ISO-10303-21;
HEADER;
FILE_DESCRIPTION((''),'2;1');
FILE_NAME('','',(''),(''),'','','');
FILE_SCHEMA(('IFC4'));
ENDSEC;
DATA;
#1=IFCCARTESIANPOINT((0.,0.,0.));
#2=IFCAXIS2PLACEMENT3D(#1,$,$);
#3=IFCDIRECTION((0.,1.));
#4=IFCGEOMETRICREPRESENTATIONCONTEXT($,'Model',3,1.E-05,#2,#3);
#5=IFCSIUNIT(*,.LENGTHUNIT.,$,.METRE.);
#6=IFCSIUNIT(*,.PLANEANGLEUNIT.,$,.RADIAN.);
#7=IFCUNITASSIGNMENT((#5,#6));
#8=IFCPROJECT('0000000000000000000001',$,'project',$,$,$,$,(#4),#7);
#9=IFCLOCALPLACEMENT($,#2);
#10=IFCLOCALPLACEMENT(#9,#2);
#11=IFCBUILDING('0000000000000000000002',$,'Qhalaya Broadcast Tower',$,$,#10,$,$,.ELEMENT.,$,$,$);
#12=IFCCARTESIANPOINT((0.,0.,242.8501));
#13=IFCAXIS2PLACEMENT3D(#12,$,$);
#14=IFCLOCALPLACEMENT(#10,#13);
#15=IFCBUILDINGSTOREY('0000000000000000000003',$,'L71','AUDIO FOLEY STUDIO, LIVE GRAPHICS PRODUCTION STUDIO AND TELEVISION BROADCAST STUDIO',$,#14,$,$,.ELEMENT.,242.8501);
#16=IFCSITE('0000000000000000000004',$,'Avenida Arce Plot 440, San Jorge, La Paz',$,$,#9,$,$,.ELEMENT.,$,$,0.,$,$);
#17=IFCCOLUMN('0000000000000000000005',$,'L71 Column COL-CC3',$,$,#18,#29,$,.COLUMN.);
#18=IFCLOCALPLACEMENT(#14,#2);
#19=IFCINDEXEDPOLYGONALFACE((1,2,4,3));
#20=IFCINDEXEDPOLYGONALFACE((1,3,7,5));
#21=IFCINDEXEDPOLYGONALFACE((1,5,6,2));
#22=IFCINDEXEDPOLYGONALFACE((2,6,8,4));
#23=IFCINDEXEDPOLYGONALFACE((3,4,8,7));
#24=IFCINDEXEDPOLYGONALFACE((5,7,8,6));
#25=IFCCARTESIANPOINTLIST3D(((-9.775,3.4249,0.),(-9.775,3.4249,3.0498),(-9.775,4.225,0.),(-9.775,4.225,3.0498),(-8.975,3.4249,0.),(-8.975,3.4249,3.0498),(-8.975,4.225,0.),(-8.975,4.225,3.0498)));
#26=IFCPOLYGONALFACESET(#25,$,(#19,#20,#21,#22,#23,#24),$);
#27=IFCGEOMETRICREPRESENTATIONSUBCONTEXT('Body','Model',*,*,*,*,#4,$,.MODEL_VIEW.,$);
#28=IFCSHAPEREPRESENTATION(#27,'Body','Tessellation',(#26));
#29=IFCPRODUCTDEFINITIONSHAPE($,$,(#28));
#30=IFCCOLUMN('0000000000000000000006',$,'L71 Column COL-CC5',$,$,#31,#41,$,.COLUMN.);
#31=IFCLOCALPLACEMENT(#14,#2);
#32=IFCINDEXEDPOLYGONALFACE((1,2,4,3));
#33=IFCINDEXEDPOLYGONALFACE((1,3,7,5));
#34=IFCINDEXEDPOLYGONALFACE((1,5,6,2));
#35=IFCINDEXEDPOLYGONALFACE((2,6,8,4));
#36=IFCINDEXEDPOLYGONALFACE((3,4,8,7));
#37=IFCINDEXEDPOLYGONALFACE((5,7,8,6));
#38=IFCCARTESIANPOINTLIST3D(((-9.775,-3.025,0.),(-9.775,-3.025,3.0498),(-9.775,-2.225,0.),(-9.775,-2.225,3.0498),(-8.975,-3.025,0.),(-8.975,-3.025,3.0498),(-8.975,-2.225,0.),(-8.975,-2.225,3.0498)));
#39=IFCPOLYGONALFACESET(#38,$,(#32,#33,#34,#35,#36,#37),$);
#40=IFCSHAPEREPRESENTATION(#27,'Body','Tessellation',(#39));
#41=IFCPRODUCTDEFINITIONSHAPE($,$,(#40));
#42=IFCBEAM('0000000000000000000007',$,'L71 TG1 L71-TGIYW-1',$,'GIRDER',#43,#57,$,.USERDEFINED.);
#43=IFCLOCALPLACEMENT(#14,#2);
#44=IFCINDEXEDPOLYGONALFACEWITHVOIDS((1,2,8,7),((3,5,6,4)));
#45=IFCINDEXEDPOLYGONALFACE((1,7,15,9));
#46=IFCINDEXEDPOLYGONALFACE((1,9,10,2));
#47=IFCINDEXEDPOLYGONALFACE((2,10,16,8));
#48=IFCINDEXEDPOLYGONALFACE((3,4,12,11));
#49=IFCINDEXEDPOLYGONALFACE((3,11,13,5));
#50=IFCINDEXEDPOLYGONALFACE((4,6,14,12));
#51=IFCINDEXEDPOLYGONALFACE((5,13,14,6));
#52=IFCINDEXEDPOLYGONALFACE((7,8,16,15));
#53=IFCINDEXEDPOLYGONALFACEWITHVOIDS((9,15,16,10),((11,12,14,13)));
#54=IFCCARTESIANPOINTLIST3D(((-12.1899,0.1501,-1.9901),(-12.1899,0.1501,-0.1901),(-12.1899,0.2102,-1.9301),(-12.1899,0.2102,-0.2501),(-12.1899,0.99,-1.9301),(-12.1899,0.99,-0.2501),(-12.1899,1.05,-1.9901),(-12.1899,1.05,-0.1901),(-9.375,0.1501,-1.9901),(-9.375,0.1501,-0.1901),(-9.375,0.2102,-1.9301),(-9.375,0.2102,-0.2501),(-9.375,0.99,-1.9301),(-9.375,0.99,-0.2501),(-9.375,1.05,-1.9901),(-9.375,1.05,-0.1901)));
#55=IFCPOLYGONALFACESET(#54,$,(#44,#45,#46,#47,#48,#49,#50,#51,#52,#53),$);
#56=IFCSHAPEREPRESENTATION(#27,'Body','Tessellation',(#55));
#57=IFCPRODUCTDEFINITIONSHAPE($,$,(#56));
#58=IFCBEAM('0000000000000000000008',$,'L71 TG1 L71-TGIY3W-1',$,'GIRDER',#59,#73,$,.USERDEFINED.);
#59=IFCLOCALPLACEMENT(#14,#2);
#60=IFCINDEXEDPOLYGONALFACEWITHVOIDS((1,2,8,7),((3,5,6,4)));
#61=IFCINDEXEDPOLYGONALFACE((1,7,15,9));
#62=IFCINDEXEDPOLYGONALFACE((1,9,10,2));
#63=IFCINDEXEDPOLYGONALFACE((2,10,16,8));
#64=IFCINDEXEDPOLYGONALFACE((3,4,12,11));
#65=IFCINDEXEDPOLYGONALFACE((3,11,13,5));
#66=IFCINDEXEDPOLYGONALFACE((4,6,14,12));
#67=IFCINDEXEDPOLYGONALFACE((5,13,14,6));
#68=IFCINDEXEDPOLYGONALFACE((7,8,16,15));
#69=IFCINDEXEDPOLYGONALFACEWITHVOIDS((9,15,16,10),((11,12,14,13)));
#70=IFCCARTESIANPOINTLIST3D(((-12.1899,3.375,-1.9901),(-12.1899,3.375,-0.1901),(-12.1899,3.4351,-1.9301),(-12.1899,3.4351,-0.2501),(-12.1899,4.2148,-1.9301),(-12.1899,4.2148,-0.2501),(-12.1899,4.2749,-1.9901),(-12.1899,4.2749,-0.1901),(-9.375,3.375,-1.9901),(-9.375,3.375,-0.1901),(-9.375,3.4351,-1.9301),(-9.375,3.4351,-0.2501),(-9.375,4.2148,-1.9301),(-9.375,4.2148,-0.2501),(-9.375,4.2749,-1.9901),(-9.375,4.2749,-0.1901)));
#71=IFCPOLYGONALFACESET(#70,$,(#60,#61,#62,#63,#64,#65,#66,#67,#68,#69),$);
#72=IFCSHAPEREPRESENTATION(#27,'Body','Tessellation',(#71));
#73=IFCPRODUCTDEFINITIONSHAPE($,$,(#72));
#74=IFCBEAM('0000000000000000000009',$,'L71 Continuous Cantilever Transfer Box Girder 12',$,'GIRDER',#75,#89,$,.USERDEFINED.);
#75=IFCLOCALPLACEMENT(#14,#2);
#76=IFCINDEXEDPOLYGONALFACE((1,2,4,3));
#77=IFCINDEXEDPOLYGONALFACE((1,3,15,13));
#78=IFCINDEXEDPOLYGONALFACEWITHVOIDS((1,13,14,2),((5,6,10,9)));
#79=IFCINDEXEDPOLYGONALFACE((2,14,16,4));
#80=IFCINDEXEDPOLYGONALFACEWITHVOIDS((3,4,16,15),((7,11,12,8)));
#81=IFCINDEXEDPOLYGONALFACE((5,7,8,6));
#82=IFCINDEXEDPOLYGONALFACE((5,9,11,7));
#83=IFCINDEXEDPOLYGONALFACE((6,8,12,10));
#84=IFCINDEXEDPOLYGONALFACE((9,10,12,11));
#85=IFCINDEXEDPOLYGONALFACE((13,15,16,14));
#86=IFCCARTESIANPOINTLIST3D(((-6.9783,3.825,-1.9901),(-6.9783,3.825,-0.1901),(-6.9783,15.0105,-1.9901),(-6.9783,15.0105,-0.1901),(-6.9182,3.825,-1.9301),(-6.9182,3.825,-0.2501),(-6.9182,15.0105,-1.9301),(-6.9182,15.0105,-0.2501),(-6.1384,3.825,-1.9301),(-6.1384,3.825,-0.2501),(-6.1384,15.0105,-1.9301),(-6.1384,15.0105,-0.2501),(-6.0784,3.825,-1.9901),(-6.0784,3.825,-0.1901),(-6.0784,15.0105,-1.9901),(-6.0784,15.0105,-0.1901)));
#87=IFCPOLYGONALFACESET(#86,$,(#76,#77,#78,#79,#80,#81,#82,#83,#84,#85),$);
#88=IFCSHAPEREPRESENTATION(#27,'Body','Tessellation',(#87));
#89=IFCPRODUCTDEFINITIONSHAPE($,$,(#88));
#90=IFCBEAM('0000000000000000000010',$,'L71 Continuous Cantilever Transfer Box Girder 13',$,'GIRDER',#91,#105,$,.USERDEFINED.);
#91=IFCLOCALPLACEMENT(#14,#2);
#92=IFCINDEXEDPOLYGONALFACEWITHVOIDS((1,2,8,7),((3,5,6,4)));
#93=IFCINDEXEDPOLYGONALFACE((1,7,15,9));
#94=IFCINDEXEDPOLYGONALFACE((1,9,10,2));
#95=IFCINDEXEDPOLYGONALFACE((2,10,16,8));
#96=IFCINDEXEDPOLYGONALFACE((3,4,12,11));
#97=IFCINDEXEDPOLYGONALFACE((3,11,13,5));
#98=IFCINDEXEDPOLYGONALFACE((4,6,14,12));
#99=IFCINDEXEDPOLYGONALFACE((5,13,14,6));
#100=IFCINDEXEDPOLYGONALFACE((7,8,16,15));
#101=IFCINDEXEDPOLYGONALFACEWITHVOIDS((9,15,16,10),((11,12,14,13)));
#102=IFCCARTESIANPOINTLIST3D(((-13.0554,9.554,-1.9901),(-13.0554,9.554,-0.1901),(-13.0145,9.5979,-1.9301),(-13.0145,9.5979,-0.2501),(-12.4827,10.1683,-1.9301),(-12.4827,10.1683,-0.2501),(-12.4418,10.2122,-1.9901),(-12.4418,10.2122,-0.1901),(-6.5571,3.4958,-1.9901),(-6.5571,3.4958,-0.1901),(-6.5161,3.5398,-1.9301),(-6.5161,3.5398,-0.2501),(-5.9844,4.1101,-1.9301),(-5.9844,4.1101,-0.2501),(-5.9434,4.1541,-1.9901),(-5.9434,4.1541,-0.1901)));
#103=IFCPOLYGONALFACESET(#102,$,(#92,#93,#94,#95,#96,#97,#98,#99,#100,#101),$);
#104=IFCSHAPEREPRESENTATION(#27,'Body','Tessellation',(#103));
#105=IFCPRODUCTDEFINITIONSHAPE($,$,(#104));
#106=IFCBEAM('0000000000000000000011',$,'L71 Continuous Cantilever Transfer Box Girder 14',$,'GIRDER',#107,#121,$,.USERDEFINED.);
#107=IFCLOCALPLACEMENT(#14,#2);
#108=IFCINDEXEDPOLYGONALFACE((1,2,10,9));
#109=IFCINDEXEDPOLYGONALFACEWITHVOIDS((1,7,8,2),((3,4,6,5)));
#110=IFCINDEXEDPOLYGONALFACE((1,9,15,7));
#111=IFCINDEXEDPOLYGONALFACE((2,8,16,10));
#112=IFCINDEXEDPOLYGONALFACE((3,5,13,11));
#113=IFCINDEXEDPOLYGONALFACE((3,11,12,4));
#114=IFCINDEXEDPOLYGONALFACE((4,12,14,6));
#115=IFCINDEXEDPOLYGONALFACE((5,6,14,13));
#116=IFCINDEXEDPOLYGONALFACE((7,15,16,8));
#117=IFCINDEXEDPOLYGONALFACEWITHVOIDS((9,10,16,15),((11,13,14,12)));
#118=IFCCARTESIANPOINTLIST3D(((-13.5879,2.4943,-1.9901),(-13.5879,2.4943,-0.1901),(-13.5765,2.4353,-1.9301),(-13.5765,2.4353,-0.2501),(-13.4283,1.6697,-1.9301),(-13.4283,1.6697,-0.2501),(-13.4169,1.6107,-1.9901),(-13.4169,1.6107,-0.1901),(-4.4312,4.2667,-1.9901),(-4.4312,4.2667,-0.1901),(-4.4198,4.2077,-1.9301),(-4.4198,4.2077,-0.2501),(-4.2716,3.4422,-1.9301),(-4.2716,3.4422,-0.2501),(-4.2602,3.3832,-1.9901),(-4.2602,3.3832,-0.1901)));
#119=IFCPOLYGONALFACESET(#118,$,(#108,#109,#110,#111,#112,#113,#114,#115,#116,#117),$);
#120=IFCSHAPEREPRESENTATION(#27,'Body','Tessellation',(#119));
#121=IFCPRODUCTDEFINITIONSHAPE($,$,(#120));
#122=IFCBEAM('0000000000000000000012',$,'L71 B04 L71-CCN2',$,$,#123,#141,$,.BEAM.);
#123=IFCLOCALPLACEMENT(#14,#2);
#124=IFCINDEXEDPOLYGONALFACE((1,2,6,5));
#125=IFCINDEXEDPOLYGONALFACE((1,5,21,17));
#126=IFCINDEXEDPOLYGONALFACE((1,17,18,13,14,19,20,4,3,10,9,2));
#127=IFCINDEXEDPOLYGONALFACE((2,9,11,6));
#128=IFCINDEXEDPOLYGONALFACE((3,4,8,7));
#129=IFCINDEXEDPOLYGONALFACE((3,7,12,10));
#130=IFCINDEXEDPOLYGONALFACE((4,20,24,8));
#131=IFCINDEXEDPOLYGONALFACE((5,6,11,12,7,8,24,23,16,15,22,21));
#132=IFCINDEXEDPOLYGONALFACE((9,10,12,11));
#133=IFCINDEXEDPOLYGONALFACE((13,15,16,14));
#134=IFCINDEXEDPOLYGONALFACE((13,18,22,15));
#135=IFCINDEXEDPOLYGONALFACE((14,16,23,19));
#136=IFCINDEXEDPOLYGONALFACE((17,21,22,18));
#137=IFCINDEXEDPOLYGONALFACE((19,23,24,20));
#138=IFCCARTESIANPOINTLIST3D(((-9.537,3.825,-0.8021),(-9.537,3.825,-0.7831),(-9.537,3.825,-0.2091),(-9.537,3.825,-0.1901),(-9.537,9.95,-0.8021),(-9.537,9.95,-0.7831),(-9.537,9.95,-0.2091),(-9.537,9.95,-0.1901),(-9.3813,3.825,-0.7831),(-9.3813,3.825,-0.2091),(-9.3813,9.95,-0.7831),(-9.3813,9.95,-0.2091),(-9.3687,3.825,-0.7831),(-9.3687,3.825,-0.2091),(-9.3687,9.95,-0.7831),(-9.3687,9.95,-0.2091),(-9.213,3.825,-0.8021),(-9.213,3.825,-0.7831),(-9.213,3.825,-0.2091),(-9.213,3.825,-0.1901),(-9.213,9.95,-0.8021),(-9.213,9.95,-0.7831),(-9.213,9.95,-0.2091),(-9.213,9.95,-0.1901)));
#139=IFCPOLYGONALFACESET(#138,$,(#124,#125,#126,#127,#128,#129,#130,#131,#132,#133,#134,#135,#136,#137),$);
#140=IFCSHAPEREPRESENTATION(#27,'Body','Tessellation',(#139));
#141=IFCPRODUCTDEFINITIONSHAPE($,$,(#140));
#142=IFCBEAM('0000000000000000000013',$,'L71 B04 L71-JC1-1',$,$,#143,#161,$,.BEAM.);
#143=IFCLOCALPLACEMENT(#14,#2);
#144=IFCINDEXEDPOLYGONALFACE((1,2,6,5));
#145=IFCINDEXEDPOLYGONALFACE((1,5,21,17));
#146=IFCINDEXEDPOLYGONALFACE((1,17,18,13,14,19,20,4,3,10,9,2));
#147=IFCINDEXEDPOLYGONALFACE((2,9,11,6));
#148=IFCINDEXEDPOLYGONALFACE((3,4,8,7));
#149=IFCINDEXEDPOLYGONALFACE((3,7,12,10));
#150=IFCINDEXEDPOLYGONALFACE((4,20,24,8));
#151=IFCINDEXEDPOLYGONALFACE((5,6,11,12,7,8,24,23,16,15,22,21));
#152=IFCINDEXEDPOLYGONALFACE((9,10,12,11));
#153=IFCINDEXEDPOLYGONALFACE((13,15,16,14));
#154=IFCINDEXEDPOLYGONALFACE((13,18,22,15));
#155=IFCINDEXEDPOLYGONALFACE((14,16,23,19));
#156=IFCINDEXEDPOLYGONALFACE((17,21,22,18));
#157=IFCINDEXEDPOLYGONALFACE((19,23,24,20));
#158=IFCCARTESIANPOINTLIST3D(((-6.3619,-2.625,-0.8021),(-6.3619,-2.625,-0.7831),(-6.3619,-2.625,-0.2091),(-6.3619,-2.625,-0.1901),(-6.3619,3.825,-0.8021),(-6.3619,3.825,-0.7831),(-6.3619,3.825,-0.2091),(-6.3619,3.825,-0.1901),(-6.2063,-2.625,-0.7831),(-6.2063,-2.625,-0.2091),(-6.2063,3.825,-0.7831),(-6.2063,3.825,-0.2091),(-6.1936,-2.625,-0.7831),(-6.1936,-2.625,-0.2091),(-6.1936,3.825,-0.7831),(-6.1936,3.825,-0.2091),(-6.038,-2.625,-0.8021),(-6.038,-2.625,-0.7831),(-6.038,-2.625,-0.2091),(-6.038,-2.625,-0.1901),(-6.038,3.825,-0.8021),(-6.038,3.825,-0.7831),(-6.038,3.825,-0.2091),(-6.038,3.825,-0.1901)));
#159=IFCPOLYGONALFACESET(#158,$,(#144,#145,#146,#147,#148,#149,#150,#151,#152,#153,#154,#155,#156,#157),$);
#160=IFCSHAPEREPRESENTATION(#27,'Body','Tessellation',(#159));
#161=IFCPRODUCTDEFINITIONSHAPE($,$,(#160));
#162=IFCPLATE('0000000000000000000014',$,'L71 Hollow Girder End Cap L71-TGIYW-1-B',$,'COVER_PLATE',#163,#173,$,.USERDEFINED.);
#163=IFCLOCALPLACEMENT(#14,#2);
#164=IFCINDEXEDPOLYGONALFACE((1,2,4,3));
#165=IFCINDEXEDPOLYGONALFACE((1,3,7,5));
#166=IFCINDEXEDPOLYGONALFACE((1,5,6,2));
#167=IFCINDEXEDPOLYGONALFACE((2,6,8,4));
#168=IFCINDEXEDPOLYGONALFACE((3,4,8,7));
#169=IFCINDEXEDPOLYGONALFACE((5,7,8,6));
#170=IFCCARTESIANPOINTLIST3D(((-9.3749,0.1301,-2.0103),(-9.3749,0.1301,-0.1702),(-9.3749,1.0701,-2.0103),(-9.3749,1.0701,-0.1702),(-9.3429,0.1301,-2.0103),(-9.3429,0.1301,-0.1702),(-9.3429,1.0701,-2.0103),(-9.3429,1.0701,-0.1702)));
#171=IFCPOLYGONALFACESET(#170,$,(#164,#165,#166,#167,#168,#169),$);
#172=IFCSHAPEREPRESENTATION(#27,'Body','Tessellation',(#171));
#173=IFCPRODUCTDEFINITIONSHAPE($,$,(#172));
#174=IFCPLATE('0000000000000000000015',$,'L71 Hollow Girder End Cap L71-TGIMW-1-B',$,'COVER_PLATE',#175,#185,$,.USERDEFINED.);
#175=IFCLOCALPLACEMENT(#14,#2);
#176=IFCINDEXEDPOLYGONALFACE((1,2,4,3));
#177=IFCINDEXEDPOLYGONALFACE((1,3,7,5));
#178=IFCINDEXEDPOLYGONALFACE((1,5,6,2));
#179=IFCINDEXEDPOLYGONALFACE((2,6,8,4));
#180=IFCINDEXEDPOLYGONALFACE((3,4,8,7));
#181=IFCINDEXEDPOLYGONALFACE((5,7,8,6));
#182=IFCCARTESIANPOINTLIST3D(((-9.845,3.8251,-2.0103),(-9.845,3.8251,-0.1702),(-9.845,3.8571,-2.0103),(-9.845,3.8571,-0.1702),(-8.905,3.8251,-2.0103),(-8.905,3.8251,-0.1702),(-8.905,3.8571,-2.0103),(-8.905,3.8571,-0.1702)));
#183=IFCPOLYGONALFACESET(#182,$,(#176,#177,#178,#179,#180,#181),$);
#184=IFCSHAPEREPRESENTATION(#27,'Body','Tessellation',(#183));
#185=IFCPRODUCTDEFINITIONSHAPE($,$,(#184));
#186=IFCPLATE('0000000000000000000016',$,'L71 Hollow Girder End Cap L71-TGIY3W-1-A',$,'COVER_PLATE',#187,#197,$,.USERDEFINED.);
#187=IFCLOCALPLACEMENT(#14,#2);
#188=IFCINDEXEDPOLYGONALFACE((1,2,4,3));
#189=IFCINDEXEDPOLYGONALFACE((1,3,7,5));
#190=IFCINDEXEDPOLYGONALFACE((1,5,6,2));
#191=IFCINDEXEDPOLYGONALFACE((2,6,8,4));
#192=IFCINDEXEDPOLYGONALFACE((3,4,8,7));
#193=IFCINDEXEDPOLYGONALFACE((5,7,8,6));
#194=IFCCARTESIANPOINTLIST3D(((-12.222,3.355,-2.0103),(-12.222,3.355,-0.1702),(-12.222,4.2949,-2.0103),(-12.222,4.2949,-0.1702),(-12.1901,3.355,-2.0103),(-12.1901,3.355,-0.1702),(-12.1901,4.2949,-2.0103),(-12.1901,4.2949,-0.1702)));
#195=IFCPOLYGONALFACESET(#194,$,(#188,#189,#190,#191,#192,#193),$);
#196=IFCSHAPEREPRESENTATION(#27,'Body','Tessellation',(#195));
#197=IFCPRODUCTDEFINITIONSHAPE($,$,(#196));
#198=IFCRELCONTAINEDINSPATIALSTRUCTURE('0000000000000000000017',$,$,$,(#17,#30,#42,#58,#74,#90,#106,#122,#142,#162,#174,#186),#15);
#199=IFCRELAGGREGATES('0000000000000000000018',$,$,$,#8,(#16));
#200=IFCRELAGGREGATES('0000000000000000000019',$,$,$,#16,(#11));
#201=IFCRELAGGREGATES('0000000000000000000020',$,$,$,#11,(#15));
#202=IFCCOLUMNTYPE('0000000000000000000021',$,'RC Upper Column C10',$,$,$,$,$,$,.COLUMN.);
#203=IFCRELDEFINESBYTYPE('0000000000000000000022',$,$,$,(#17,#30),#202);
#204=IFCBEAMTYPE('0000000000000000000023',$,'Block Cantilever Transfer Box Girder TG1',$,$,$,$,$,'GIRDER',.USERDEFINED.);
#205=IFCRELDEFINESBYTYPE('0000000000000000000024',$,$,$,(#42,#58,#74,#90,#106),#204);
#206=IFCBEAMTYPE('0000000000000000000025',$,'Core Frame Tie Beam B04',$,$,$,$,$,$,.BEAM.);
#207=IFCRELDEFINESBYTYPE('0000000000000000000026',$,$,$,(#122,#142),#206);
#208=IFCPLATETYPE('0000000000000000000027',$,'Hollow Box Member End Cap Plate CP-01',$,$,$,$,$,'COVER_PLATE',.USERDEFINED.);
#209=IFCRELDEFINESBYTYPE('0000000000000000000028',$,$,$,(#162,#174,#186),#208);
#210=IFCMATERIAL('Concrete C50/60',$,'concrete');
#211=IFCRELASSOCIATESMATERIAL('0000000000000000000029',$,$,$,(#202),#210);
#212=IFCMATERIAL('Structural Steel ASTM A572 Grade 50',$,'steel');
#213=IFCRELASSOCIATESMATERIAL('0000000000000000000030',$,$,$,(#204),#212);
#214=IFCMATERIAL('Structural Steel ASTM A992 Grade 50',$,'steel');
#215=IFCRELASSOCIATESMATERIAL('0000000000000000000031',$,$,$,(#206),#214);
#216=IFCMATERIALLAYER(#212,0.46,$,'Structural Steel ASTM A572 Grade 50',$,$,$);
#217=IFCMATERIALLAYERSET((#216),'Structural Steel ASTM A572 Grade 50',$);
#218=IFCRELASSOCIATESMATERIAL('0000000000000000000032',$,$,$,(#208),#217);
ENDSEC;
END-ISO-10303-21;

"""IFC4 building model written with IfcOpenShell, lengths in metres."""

from ifc_helpers import new_model, si_unit, direction, frame, origin, origin_2d, place, context, subcontext, project, spatial, rectangle, hollow_rectangle, i_section, extrude, material, layer, layer_set, material_profile, profile_set, type_object, element, save


model = new_model("IFC4")

# Units and contexts
model_context = context("Model", 3, precision=1e-05, world=origin(), true_north=direction((0.0, 1.0)))
body_context = subcontext(model_context, "Body", "Model", "MODEL_VIEW")
ifc_project = project(units=[si_unit("LENGTHUNIT", "METRE"), si_unit("PLANEANGLEUNIT", "RADIAN")], contexts=[model_context])

# Site, building, storey
site_placement = place(None, origin())
site = spatial("IfcSite", under=ifc_project, at=site_placement, Name="Avenida Arce Plot 440, San Jorge, La Paz", CompositionType="ELEMENT", RefElevation=0.0)
building_placement = place(site_placement, origin())
building = spatial("IfcBuilding", under=site, at=building_placement, Name="Qhalaya Broadcast Tower", CompositionType="ELEMENT")
storey_placement = place(building_placement, frame((0.0, 0.0, 242.8501)))
storey = spatial("IfcBuildingStorey", under=building, at=storey_placement, Name="L71", Description="AUDIO FOLEY STUDIO, LIVE GRAPHICS PRODUCTION STUDIO AND TELEVISION BROADCAST STUDIO", CompositionType="ELEMENT", Elevation=242.8501)

# Columns
ifc_material_1 = material(Name="Concrete C50/60", Category="concrete")
ifc_material_profile_1 = material_profile(ifc_material_1, rectangle(XDim=0.8, YDim=0.8, at=origin_2d()), Name="RC-COL 800x800")
ifc_profile_set_1 = profile_set([ifc_material_profile_1], Name="Concrete C50/60")
column_type = type_object("IfcColumnType", Name="RC Upper Column C10", PredefinedType="COLUMN", material=ifc_profile_set_1)
for number, where, z_axis, x_axis, name in (
    (1, (-9.375, 3.825, 0.0), (0.0, 0.0, 1.0), (1.0, 0.0, 0.0), "L71 Column COL-CC3"),
    (2, (-9.375, -2.625, 0.0), (0.0, 0.0, 1.0), (1.0, 0.0, 0.0), "L71 Column COL-CC5"),
):
    element("IfcColumn", number, at=place(storey_placement, frame(where, z_axis=z_axis, x_axis=x_axis)), inside=storey, type_object=column_type, Name=name, PredefinedType="COLUMN", context=body_context, shape_type="SweptSolid", body=[
        extrude(rectangle(XDim=0.8, YDim=0.8, at=origin_2d()), origin(), (0.0, 0.0, 1.0), 3.0498),
    ])

# Beams
ifc_material_2 = material(Name="Structural Steel ASTM A572 Grade 50", Category="steel")
ifc_material_profile_2 = material_profile(ifc_material_2, hollow_rectangle(XDim=0.8999, YDim=1.8, WallThickness=0.0601, at=origin_2d()), Name="BOX 900x1800x60")
ifc_profile_set_2 = profile_set([ifc_material_profile_2], Name="Structural Steel ASTM A572 Grade 50")
beam_type_1 = type_object("IfcBeamType", Name="Block Cantilever Transfer Box Girder TG1", ElementType="GIRDER", PredefinedType="USERDEFINED", material=ifc_profile_set_2)
for number, where, z_axis, x_axis, name in (
    (3, (-12.1899, 0.6001, -1.0901), (1.0, 0.0, 0.0), (0.0, 1.0, 0.0), "L71 TG1 L71-TGIYW-1"),
    (4, (-12.1899, 3.825, -1.0901), (1.0, 0.0, 0.0), (0.0, 1.0, 0.0), "L71 TG1 L71-TGIY3W-1"),
):
    element("IfcBeam", number, at=place(storey_placement, frame(where, z_axis=z_axis, x_axis=x_axis)), inside=storey, type_object=beam_type_1, Name=name, ObjectType="GIRDER", PredefinedType="USERDEFINED", context=body_context, shape_type="SweptSolid", body=[
        extrude(hollow_rectangle(XDim=0.8999, YDim=1.8, WallThickness=0.0601, at=origin_2d()), origin(), (0.0, 0.0, 1.0), 2.8149),
    ])
beam_1_placement = place(storey_placement, frame((-6.5283, 3.825, -1.0901), z_axis=(0.0, 1.0, 0.0), x_axis=(-1.0, 0.0, 0.0)))
element("IfcBeam", 5, at=beam_1_placement, inside=storey, type_object=beam_type_1, Name="L71 Continuous Cantilever Transfer Box Girder 12", ObjectType="GIRDER", PredefinedType="USERDEFINED", context=body_context, shape_type="SweptSolid", body=[
    extrude(hollow_rectangle(XDim=0.8999, YDim=1.8, WallThickness=0.0601, at=origin_2d()), origin(), (0.0, 0.0, 1.0), 11.1855),
])
beam_2_placement = place(storey_placement, frame((-6.2502, 3.825, -1.0901), z_axis=(-0.731446, 0.681899, 0.0), x_axis=(-0.681899, -0.731446, 0.0)))
element("IfcBeam", 6, at=beam_2_placement, inside=storey, type_object=beam_type_1, Name="L71 Continuous Cantilever Transfer Box Girder 13", ObjectType="GIRDER", PredefinedType="USERDEFINED", context=body_context, shape_type="SweptSolid", body=[
    extrude(hollow_rectangle(XDim=0.8999, YDim=1.8, WallThickness=0.0601, at=origin_2d()), origin(), (0.0, 0.0, 1.0), 8.8843),
])
beam_3_placement = place(storey_placement, frame((-4.3457, 3.825, -1.0901), z_axis=(-0.981776, -0.190041, 0.0), x_axis=(0.190041, -0.981776, 0.0)))
element("IfcBeam", 7, at=beam_3_placement, inside=storey, type_object=beam_type_1, Name="L71 Continuous Cantilever Transfer Box Girder 14", ObjectType="GIRDER", PredefinedType="USERDEFINED", context=body_context, shape_type="SweptSolid", body=[
    extrude(hollow_rectangle(XDim=0.8999, YDim=1.8, WallThickness=0.0601, at=origin_2d()), origin(), (0.0, 0.0, 1.0), 9.3267),
])
ifc_material_3 = material(Name="Structural Steel ASTM A992 Grade 50", Category="steel")
ifc_material_profile_3 = material_profile(ifc_material_3, i_section(OverallWidth=0.324, OverallDepth=0.6121, WebThickness=0.0127, FlangeThickness=0.019, at=origin_2d()), Name="W24X104")
ifc_profile_set_3 = profile_set([ifc_material_profile_3], Name="Structural Steel ASTM A992 Grade 50")
beam_type_2 = type_object("IfcBeamType", Name="Core Frame Tie Beam B04", PredefinedType="BEAM", material=ifc_profile_set_3)
beam_4_placement = place(storey_placement, frame((-9.375, 3.825, -0.4961), z_axis=(0.0, 1.0, 0.0), x_axis=(-1.0, 0.0, 0.0)))
element("IfcBeam", 8, at=beam_4_placement, inside=storey, type_object=beam_type_2, Name="L71 B04 L71-CCN2", PredefinedType="BEAM", context=body_context, shape_type="SweptSolid", body=[
    extrude(i_section(OverallWidth=0.324, OverallDepth=0.6121, WebThickness=0.0127, FlangeThickness=0.019, at=origin_2d()), origin(), (0.0, 0.0, 1.0), 6.125),
])
beam_5_placement = place(storey_placement, frame((-6.2, -2.625, -0.4961), z_axis=(0.0, 1.0, 0.0), x_axis=(-1.0, 0.0, 0.0)))
element("IfcBeam", 9, at=beam_5_placement, inside=storey, type_object=beam_type_2, Name="L71 B04 L71-JC1-1", PredefinedType="BEAM", context=body_context, shape_type="SweptSolid", body=[
    extrude(i_section(OverallWidth=0.324, OverallDepth=0.6121, WebThickness=0.0127, FlangeThickness=0.019, at=origin_2d()), origin(), (0.0, 0.0, 1.0), 6.45),
])

# Plates
ifc_layer_1 = layer(ifc_material_2, 0.46, Name="Structural Steel ASTM A572 Grade 50")
ifc_layer_set_1 = layer_set([ifc_layer_1], Name="Structural Steel ASTM A572 Grade 50")
plate_type = type_object("IfcPlateType", Name="Hollow Box Member End Cap Plate CP-01", ElementType="COVER_PLATE", PredefinedType="USERDEFINED", material=ifc_layer_set_1)
for number, where, z_axis, x_axis, name in (
    (10, (-9.3589, 0.6001, -2.0103), (0.0, 0.0, 1.0), (0.0, 1.0, 0.0), "L71 Hollow Girder End Cap L71-TGIYW-1-B"),
    (11, (-9.375, 3.8411, -2.0103), (0.0, 0.0, 1.0), (-1.0, 0.0, 0.0), "L71 Hollow Girder End Cap L71-TGIMW-1-B"),
    (12, (-12.2061, 3.825, -2.0103), (0.0, 0.0, 1.0), (0.0, 1.0, 0.0), "L71 Hollow Girder End Cap L71-TGIY3W-1-A"),
):
    element("IfcPlate", number, at=place(storey_placement, frame(where, z_axis=z_axis, x_axis=x_axis)), inside=storey, type_object=plate_type, Name=name, ObjectType="COVER_PLATE", PredefinedType="USERDEFINED", context=body_context, shape_type="SweptSolid", body=[
        extrude(rectangle(XDim=0.9399, YDim=0.032, at=origin_2d()), origin(), (0.0, 0.0, 1.0), 1.8401),
    ])

save(model, "model.ifc")
